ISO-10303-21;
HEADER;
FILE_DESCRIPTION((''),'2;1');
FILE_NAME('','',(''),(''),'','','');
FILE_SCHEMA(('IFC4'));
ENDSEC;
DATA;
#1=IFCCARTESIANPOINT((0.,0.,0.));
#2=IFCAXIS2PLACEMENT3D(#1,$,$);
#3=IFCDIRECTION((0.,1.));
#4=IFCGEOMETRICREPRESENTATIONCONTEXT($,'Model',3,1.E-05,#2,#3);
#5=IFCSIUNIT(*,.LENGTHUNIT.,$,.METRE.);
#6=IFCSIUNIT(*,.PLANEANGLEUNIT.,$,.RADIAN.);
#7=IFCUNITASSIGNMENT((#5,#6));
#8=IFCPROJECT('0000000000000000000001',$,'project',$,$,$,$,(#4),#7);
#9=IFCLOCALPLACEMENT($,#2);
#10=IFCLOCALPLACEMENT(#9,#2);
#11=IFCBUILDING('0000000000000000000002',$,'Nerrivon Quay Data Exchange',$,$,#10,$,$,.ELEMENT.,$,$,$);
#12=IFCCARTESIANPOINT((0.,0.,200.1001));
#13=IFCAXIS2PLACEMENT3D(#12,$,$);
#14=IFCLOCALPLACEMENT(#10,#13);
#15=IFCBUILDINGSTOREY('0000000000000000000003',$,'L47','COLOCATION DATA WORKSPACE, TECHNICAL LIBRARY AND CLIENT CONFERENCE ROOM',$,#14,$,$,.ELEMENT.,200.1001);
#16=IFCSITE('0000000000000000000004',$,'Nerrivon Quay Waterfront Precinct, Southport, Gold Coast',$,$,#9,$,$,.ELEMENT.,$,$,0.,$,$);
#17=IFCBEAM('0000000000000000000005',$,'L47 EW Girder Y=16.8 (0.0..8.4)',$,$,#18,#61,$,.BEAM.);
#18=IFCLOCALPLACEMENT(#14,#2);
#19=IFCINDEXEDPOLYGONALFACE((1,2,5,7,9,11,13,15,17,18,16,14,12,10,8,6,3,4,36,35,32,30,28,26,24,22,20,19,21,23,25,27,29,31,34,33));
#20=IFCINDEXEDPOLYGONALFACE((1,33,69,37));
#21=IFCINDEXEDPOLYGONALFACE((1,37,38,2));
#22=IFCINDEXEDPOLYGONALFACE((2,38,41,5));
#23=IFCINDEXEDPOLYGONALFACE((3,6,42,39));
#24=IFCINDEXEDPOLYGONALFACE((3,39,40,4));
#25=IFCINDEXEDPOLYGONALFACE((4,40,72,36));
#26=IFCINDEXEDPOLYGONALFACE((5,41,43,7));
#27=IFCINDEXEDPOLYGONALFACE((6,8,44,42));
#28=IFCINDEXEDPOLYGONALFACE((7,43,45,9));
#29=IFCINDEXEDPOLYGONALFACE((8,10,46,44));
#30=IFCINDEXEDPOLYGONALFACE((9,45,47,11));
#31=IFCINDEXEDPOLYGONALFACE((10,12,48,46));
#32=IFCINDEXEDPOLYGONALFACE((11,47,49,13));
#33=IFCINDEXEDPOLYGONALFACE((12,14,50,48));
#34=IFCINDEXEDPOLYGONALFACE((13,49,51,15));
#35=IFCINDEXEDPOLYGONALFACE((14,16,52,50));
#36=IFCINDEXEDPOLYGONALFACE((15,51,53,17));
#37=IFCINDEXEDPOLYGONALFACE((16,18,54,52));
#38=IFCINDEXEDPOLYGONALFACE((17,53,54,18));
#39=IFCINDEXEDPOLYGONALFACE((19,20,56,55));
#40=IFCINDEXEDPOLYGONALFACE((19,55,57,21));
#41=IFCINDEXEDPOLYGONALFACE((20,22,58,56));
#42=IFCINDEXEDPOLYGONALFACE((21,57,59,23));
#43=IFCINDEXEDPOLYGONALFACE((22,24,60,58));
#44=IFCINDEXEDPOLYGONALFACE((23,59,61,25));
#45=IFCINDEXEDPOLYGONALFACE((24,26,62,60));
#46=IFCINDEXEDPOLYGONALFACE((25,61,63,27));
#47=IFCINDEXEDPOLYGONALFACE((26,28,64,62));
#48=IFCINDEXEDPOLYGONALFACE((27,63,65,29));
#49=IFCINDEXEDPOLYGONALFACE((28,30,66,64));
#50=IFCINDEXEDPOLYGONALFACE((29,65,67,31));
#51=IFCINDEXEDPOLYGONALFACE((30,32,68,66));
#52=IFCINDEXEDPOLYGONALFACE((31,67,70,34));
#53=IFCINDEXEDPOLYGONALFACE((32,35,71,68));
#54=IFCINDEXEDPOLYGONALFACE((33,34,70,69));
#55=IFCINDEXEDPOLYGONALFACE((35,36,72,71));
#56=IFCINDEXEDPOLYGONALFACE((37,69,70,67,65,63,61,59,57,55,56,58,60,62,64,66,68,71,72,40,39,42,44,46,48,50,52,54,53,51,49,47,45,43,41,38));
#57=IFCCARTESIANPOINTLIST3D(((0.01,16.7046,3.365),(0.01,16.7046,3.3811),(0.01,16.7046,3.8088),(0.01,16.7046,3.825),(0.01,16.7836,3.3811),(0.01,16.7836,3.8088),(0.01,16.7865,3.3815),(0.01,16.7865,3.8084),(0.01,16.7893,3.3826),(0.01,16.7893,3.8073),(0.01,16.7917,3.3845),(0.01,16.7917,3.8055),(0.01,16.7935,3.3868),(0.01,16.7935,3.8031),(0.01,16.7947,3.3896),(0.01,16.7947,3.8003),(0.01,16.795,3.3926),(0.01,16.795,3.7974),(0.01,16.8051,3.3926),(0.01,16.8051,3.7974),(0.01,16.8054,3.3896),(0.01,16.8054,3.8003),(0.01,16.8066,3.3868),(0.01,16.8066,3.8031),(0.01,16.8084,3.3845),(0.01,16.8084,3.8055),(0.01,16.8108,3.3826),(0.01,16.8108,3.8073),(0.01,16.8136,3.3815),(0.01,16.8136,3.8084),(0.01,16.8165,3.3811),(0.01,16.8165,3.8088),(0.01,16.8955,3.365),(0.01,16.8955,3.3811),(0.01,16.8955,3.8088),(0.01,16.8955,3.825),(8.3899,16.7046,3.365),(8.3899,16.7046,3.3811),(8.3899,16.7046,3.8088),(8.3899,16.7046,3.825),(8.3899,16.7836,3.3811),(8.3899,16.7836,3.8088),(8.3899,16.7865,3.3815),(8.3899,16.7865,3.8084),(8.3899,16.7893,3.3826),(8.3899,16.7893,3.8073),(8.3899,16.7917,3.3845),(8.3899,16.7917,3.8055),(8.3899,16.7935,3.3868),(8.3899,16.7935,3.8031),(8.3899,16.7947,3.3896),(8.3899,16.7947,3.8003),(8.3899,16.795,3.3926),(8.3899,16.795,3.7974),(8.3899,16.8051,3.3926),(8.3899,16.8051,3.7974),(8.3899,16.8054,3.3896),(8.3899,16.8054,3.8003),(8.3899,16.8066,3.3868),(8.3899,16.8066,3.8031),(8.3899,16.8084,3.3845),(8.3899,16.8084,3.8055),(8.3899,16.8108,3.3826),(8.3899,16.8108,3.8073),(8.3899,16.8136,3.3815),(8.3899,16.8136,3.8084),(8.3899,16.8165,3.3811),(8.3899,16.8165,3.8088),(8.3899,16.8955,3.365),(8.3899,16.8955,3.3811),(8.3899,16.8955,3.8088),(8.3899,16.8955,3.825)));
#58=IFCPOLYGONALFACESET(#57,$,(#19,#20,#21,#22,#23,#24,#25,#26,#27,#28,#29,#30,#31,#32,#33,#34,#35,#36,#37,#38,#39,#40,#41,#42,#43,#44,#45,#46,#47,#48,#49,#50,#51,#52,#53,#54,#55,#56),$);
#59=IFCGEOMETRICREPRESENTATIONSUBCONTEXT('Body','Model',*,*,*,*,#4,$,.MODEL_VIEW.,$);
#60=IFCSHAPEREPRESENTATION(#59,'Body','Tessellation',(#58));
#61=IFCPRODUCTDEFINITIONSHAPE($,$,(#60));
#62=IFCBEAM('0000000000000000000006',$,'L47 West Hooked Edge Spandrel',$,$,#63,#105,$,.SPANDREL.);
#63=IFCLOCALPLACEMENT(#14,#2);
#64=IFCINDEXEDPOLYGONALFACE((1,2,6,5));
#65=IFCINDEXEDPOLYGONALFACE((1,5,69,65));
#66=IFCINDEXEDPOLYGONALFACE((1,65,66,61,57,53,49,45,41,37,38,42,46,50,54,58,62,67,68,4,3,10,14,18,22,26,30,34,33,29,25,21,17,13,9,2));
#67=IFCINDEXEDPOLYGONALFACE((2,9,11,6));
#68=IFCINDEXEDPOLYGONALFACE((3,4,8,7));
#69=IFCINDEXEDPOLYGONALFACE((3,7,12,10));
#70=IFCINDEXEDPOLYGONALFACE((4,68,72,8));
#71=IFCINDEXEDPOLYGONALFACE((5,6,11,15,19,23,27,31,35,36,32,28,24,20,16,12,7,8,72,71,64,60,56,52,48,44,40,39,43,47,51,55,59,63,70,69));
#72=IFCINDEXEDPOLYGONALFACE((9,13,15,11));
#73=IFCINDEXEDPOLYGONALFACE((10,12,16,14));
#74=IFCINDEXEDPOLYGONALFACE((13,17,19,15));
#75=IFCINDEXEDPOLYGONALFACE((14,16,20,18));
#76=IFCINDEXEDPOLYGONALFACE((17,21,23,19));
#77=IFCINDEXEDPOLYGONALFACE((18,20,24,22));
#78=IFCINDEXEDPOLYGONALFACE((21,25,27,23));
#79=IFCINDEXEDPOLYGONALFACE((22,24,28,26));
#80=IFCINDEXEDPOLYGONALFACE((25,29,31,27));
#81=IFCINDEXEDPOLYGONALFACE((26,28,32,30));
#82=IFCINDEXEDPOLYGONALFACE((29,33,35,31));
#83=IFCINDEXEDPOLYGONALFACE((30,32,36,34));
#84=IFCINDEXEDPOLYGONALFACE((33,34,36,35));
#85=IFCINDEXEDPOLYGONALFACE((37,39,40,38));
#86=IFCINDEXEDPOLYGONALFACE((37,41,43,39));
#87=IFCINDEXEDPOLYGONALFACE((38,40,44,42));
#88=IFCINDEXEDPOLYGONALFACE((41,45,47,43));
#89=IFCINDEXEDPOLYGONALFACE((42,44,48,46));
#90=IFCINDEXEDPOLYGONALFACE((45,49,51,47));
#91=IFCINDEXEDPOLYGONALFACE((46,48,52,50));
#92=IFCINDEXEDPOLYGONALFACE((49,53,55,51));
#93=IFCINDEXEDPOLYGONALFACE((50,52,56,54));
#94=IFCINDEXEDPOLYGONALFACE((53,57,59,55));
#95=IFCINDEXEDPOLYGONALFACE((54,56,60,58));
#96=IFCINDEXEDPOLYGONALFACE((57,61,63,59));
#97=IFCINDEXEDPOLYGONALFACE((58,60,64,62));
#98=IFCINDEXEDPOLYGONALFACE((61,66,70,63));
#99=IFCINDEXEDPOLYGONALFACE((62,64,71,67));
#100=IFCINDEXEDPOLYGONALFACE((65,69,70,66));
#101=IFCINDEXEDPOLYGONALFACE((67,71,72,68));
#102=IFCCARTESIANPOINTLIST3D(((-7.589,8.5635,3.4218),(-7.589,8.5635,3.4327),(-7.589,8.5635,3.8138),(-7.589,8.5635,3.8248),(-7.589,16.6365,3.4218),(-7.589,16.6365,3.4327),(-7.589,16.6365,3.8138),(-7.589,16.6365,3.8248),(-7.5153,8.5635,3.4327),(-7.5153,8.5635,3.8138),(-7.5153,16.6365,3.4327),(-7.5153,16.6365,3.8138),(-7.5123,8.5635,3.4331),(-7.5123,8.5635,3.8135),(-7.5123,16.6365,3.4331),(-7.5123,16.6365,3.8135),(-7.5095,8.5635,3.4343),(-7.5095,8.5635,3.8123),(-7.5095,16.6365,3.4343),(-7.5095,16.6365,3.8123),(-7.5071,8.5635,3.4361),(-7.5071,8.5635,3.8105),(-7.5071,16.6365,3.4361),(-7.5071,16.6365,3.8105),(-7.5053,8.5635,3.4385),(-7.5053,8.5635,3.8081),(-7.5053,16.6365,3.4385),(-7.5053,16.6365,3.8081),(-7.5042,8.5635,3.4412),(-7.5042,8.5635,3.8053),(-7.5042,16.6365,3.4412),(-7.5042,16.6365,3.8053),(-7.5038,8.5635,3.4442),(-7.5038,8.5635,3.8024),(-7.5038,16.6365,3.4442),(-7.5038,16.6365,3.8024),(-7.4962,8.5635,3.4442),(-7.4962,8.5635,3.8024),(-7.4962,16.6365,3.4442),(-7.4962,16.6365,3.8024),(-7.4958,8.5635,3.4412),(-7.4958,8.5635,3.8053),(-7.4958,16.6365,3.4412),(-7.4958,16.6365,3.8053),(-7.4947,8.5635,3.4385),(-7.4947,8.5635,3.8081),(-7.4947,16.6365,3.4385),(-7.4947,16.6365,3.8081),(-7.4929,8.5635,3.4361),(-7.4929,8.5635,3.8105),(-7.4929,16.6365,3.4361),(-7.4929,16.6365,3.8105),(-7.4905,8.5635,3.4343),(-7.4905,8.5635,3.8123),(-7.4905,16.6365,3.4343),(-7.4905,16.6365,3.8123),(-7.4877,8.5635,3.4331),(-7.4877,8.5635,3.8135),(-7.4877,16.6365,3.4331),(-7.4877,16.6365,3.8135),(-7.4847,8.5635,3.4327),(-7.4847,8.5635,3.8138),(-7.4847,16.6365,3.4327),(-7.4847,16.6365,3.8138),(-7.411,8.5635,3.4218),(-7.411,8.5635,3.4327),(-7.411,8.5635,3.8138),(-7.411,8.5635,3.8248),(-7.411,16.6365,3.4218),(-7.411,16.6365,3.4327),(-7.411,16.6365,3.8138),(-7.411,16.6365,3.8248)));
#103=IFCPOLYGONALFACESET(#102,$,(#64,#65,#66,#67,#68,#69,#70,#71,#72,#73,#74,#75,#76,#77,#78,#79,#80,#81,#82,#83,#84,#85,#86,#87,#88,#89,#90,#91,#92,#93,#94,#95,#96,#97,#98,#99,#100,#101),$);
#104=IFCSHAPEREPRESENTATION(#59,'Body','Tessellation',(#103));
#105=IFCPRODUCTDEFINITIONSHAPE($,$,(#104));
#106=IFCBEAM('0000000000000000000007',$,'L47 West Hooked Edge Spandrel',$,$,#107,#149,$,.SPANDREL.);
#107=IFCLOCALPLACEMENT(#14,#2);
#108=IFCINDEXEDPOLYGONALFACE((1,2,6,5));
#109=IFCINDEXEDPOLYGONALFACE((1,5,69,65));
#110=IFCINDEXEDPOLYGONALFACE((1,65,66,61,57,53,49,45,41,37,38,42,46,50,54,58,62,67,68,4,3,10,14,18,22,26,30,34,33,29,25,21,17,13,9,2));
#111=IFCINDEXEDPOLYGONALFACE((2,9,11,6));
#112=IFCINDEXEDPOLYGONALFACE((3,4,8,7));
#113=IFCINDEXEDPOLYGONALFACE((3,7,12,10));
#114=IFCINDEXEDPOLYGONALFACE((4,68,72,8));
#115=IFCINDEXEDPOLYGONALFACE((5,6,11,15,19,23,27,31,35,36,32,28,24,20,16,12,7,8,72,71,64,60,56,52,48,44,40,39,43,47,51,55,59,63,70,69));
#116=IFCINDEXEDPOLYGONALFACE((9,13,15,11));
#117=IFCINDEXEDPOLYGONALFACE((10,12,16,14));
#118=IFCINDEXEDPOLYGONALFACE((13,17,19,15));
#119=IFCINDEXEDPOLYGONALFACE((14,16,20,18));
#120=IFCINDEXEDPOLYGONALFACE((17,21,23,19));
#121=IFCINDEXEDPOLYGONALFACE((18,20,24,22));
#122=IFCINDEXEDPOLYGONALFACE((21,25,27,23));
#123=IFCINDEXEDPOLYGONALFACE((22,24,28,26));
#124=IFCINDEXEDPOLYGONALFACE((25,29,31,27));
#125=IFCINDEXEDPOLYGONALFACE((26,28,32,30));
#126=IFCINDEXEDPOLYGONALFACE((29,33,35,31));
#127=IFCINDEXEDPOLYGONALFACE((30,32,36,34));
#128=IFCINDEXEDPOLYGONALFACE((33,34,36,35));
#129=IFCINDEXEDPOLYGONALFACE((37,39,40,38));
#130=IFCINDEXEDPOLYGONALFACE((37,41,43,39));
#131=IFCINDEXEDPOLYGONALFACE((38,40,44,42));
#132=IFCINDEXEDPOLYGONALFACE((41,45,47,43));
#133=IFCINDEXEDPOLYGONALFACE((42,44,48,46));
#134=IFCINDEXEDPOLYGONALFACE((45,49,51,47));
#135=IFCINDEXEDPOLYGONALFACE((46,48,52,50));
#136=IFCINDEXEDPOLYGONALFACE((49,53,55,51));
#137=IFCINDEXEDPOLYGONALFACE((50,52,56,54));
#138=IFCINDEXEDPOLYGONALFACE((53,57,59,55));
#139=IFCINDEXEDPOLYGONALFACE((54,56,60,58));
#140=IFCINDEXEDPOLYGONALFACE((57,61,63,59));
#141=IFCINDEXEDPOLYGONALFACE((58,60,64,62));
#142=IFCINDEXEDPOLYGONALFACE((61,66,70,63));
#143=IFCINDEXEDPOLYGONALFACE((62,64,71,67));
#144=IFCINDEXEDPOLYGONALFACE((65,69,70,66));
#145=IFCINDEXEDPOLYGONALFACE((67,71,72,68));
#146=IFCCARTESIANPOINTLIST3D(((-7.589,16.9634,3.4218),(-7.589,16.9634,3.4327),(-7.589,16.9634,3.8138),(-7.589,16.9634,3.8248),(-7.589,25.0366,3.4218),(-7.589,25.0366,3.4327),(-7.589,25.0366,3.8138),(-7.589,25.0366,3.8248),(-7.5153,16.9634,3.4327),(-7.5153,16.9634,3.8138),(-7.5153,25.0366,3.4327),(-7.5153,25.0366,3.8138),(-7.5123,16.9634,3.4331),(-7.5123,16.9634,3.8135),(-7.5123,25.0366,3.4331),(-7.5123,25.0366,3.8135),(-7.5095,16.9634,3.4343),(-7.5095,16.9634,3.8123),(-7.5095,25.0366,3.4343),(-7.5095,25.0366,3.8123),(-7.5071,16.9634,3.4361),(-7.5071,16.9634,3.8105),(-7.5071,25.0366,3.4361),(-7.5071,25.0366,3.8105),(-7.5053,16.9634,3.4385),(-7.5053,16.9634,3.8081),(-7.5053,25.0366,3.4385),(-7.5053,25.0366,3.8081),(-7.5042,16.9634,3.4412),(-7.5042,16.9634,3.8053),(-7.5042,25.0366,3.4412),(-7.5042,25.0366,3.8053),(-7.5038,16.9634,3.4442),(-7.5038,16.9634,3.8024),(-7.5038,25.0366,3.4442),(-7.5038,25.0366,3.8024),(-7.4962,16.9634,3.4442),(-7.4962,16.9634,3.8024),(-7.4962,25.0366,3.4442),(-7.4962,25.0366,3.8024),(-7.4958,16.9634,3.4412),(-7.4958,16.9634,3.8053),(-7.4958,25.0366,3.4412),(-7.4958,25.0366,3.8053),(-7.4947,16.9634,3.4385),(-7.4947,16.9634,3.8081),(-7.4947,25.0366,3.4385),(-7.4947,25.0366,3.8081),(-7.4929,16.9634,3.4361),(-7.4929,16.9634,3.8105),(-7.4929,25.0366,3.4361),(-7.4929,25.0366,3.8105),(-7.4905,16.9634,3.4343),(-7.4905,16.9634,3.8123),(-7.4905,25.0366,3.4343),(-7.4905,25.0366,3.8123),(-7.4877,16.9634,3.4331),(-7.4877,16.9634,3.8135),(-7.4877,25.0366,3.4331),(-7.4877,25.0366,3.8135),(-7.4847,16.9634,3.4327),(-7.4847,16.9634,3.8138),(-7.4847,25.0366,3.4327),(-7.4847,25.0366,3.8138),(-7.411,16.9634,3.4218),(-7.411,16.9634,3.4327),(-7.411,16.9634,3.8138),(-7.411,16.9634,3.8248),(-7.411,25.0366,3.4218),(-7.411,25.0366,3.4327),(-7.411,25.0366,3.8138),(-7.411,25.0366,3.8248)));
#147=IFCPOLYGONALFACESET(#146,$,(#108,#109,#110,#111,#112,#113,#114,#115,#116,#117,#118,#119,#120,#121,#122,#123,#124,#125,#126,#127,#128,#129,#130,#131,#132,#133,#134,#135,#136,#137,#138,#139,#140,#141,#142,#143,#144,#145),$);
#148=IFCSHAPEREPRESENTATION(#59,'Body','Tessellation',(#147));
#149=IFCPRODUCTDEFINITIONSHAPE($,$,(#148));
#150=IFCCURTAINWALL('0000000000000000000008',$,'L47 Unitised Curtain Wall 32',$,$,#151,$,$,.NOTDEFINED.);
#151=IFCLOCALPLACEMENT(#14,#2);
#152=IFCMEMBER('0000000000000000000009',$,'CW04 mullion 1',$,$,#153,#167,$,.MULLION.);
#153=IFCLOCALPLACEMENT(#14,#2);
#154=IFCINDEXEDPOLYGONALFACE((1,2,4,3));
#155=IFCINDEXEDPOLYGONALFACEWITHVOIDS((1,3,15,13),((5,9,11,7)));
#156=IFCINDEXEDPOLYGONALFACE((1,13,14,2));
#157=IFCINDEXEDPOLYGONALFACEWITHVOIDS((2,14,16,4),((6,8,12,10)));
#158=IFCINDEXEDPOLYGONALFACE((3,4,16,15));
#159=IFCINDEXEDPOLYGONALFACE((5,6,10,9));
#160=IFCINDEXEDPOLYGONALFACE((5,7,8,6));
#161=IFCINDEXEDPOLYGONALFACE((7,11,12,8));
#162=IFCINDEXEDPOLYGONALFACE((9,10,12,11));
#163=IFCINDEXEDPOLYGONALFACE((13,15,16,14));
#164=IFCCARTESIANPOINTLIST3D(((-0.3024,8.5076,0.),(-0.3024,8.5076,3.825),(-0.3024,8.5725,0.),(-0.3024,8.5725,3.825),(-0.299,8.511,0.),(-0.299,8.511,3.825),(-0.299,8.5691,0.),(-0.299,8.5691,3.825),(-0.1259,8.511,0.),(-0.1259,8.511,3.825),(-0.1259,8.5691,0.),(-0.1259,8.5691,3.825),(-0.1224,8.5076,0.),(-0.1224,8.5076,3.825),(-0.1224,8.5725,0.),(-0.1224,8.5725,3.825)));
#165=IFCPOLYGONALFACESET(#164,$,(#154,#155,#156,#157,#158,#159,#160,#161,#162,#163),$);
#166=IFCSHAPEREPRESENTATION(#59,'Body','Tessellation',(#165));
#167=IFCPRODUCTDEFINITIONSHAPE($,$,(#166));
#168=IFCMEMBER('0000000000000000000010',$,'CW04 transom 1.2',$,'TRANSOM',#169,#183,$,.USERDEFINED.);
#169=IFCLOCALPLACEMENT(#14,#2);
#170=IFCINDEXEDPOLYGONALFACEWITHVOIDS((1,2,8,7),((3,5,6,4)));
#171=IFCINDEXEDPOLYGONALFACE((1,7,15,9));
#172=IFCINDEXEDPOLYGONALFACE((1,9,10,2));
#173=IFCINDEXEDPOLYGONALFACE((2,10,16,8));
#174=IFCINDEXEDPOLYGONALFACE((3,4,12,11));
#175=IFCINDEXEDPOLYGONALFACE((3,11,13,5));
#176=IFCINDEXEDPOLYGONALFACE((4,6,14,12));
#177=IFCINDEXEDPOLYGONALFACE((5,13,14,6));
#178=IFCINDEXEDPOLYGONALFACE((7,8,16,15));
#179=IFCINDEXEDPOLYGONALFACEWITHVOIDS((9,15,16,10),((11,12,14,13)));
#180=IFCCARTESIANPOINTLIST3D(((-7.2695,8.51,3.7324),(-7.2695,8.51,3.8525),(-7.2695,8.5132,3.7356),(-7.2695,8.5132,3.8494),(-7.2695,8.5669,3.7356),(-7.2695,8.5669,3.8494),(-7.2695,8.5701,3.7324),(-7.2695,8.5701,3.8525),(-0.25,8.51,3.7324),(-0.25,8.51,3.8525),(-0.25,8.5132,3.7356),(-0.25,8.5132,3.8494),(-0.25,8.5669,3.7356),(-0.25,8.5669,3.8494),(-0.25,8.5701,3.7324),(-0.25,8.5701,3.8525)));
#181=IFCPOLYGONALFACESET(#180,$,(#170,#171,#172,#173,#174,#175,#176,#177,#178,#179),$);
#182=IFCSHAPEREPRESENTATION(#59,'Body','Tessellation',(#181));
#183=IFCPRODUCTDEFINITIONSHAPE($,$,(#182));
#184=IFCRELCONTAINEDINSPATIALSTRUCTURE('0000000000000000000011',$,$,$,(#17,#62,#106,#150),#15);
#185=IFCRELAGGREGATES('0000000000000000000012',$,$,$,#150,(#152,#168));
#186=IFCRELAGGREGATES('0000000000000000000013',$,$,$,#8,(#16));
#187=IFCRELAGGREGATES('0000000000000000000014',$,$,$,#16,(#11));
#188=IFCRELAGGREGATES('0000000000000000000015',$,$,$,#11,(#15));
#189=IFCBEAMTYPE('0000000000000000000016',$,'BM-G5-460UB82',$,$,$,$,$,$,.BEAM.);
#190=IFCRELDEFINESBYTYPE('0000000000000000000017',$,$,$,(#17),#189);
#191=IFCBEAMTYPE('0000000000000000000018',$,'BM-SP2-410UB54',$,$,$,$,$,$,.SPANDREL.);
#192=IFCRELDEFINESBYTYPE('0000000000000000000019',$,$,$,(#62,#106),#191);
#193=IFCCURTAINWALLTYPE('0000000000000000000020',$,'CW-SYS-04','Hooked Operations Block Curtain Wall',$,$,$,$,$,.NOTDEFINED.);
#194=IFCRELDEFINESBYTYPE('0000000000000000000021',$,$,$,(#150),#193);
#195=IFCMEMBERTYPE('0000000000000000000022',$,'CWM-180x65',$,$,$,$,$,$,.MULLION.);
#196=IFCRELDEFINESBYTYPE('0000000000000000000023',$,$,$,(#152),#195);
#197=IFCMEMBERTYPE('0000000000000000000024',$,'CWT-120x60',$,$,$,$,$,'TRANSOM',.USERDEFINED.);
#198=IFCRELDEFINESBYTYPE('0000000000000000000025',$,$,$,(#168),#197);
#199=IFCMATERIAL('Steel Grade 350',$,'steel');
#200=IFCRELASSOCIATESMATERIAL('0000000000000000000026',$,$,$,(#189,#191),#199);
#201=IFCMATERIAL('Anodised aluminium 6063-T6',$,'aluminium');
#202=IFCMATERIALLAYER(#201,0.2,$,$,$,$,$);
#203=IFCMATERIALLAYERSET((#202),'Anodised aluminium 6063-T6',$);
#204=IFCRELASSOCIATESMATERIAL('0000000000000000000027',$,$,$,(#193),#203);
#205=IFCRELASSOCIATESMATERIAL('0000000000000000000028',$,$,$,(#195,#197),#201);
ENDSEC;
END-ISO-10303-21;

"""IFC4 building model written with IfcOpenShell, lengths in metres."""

from ifc_helpers import new_model, si_unit, direction, frame, origin, origin_2d, place, context, subcontext, project, spatial, hollow_rectangle, i_section, extrude, material, layer, layer_set, material_profile, profile_set, type_object, element, aggregate, save


model = new_model("IFC4")

# Units and contexts
model_context = context("Model", 3, precision=1e-05, world=origin(), true_north=direction((0.0, 1.0)))
body_context = subcontext(model_context, "Body", "Model", "MODEL_VIEW")
ifc_project = project(units=[si_unit("LENGTHUNIT", "METRE"), si_unit("PLANEANGLEUNIT", "RADIAN")], contexts=[model_context])

# Site, building, storey
site_placement = place(None, origin())
site = spatial("IfcSite", under=ifc_project, at=site_placement, Name="Nerrivon Quay Waterfront Precinct, Southport, Gold Coast", CompositionType="ELEMENT", RefElevation=0.0)
building_placement = place(site_placement, origin())
building = spatial("IfcBuilding", under=site, at=building_placement, Name="Nerrivon Quay Data Exchange", CompositionType="ELEMENT")
storey_placement = place(building_placement, frame((0.0, 0.0, 200.1001)))
storey = spatial("IfcBuildingStorey", under=building, at=storey_placement, Name="L47", Description="COLOCATION DATA WORKSPACE, TECHNICAL LIBRARY AND CLIENT CONFERENCE ROOM", CompositionType="ELEMENT", Elevation=200.1001)

# Shared definitions
ifc_material_1 = material(Name="Steel Grade 350", Category="steel")

# Beams
ifc_material_profile_1 = material_profile(ifc_material_1, i_section(OverallWidth=0.1909, OverallDepth=0.46, WebThickness=0.01, FlangeThickness=0.0161, FilletRadius=0.0115, at=origin_2d()), Name="460UB82.1")
ifc_profile_set_1 = profile_set([ifc_material_profile_1], Name="Steel Grade 350")
beam_type_1 = type_object("IfcBeamType", Name="BM-G5-460UB82", PredefinedType="BEAM", material=ifc_profile_set_1)
beam_1_placement = place(storey_placement, frame((0.01, 16.8, 3.595), z_axis=(1.0, 0.0, 0.0), x_axis=(0.0, 1.0, 0.0)))
element("IfcBeam", 1, at=beam_1_placement, inside=storey, type_object=beam_type_1, Name="L47 EW Girder Y=16.8 (0.0..8.4)", PredefinedType="BEAM", context=body_context, shape_type="SweptSolid", body=[
    extrude(i_section(OverallWidth=0.1909, OverallDepth=0.46, WebThickness=0.01, FlangeThickness=0.0161, FilletRadius=0.0115, at=origin_2d()), origin(), (0.0, 0.0, 1.0), 8.3799),
])
ifc_material_profile_2 = material_profile(ifc_material_1, i_section(OverallWidth=0.178, OverallDepth=0.4031, WebThickness=0.0076, FlangeThickness=0.011, FilletRadius=0.0115, at=origin_2d()), Name="410UB53.7")
ifc_profile_set_2 = profile_set([ifc_material_profile_2], Name="Steel Grade 350")
beam_type_2 = type_object("IfcBeamType", Name="BM-SP2-410UB54", PredefinedType="SPANDREL", material=ifc_profile_set_2)
beam_2_placement = place(storey_placement, frame((-7.5, 8.5635, 3.6233), z_axis=(0.0, 1.0, 0.0), x_axis=(-1.0, 0.0, 0.0)))
element("IfcBeam", 2, at=beam_2_placement, inside=storey, type_object=beam_type_2, Name="L47 West Hooked Edge Spandrel", PredefinedType="SPANDREL", context=body_context, shape_type="SweptSolid", body=[
    extrude(i_section(OverallWidth=0.178, OverallDepth=0.4031, WebThickness=0.0076, FlangeThickness=0.011, FilletRadius=0.0115, at=origin_2d()), origin(), (0.0, 0.0, 1.0), 8.073),
])
beam_3_placement = place(storey_placement, frame((-7.5, 16.9634, 3.6233), z_axis=(0.0, 1.0, 0.0), x_axis=(-1.0, 0.0, 0.0)))
element("IfcBeam", 3, at=beam_3_placement, inside=storey, type_object=beam_type_2, Name="L47 West Hooked Edge Spandrel", PredefinedType="SPANDREL", context=body_context, shape_type="SweptSolid", body=[
    extrude(i_section(OverallWidth=0.178, OverallDepth=0.4031, WebThickness=0.0076, FlangeThickness=0.011, FilletRadius=0.0115, at=origin_2d()), origin(), (0.0, 0.0, 1.0), 8.0732),
])

# Curtain wall, members
ifc_material_2 = material(Name="Anodised aluminium 6063-T6", Category="aluminium")
ifc_layer_1 = layer(ifc_material_2, 0.2)
ifc_layer_set_1 = layer_set([ifc_layer_1], Name="Anodised aluminium 6063-T6")
curtain_wall_type = type_object("IfcCurtainWallType", Name="CW-SYS-04", Description="Hooked Operations Block Curtain Wall", PredefinedType="NOTDEFINED", material=ifc_layer_set_1)
curtain_wall_placement = place(storey_placement, origin())
curtain_wall = element("IfcCurtainWall", 4, at=curtain_wall_placement, inside=storey, type_object=curtain_wall_type, Name="L47 Unitised Curtain Wall 32", PredefinedType="NOTDEFINED")
ifc_material_profile_3 = material_profile(ifc_material_2, hollow_rectangle(XDim=0.0649, YDim=0.1799, WallThickness=0.0034, at=origin_2d()), Name="ALU-MULL-180x65")
ifc_profile_set_3 = profile_set([ifc_material_profile_3], Name="Anodised aluminium 6063-T6")
member_type_1 = type_object("IfcMemberType", Name="CWM-180x65", PredefinedType="MULLION", material=ifc_profile_set_3)
member_1_placement = place(storey_placement, frame((-0.2124, 8.54, 0.0), z_axis=(0.0, 0.0, 1.0), x_axis=(0.0, -1.0, 0.0)))
member_1 = element("IfcMember", 5, at=member_1_placement, type_object=member_type_1, Name="CW04 mullion 1", PredefinedType="MULLION", context=body_context, shape_type="SweptSolid", body=[
    extrude(hollow_rectangle(XDim=0.0649, YDim=0.1799, WallThickness=0.0034, at=origin_2d()), origin(), (0.0, 0.0, 1.0), 3.825),
])
ifc_material_profile_4 = material_profile(ifc_material_2, hollow_rectangle(XDim=0.0601, YDim=0.1201, WallThickness=0.0032, at=origin_2d()), Name="ALU-TRAN-120x60")
ifc_profile_set_4 = profile_set([ifc_material_profile_4], Name="Anodised aluminium 6063-T6")
member_type_2 = type_object("IfcMemberType", Name="CWT-120x60", ElementType="TRANSOM", PredefinedType="USERDEFINED", material=ifc_profile_set_4)
member_2_placement = place(storey_placement, frame((-0.25, 8.54, 3.7925), z_axis=(-1.0, 0.0, 0.0), x_axis=(0.0, -1.0, 0.0)))
member_2 = element("IfcMember", 6, at=member_2_placement, type_object=member_type_2, Name="CW04 transom 1.2", ObjectType="TRANSOM", PredefinedType="USERDEFINED", context=body_context, shape_type="SweptSolid", body=[
    extrude(hollow_rectangle(XDim=0.0601, YDim=0.1201, WallThickness=0.0032, at=origin_2d()), origin(), (0.0, 0.0, 1.0), 7.0195),
])
aggregate(curtain_wall, [member_1, member_2])

save(model, "model.ifc")
